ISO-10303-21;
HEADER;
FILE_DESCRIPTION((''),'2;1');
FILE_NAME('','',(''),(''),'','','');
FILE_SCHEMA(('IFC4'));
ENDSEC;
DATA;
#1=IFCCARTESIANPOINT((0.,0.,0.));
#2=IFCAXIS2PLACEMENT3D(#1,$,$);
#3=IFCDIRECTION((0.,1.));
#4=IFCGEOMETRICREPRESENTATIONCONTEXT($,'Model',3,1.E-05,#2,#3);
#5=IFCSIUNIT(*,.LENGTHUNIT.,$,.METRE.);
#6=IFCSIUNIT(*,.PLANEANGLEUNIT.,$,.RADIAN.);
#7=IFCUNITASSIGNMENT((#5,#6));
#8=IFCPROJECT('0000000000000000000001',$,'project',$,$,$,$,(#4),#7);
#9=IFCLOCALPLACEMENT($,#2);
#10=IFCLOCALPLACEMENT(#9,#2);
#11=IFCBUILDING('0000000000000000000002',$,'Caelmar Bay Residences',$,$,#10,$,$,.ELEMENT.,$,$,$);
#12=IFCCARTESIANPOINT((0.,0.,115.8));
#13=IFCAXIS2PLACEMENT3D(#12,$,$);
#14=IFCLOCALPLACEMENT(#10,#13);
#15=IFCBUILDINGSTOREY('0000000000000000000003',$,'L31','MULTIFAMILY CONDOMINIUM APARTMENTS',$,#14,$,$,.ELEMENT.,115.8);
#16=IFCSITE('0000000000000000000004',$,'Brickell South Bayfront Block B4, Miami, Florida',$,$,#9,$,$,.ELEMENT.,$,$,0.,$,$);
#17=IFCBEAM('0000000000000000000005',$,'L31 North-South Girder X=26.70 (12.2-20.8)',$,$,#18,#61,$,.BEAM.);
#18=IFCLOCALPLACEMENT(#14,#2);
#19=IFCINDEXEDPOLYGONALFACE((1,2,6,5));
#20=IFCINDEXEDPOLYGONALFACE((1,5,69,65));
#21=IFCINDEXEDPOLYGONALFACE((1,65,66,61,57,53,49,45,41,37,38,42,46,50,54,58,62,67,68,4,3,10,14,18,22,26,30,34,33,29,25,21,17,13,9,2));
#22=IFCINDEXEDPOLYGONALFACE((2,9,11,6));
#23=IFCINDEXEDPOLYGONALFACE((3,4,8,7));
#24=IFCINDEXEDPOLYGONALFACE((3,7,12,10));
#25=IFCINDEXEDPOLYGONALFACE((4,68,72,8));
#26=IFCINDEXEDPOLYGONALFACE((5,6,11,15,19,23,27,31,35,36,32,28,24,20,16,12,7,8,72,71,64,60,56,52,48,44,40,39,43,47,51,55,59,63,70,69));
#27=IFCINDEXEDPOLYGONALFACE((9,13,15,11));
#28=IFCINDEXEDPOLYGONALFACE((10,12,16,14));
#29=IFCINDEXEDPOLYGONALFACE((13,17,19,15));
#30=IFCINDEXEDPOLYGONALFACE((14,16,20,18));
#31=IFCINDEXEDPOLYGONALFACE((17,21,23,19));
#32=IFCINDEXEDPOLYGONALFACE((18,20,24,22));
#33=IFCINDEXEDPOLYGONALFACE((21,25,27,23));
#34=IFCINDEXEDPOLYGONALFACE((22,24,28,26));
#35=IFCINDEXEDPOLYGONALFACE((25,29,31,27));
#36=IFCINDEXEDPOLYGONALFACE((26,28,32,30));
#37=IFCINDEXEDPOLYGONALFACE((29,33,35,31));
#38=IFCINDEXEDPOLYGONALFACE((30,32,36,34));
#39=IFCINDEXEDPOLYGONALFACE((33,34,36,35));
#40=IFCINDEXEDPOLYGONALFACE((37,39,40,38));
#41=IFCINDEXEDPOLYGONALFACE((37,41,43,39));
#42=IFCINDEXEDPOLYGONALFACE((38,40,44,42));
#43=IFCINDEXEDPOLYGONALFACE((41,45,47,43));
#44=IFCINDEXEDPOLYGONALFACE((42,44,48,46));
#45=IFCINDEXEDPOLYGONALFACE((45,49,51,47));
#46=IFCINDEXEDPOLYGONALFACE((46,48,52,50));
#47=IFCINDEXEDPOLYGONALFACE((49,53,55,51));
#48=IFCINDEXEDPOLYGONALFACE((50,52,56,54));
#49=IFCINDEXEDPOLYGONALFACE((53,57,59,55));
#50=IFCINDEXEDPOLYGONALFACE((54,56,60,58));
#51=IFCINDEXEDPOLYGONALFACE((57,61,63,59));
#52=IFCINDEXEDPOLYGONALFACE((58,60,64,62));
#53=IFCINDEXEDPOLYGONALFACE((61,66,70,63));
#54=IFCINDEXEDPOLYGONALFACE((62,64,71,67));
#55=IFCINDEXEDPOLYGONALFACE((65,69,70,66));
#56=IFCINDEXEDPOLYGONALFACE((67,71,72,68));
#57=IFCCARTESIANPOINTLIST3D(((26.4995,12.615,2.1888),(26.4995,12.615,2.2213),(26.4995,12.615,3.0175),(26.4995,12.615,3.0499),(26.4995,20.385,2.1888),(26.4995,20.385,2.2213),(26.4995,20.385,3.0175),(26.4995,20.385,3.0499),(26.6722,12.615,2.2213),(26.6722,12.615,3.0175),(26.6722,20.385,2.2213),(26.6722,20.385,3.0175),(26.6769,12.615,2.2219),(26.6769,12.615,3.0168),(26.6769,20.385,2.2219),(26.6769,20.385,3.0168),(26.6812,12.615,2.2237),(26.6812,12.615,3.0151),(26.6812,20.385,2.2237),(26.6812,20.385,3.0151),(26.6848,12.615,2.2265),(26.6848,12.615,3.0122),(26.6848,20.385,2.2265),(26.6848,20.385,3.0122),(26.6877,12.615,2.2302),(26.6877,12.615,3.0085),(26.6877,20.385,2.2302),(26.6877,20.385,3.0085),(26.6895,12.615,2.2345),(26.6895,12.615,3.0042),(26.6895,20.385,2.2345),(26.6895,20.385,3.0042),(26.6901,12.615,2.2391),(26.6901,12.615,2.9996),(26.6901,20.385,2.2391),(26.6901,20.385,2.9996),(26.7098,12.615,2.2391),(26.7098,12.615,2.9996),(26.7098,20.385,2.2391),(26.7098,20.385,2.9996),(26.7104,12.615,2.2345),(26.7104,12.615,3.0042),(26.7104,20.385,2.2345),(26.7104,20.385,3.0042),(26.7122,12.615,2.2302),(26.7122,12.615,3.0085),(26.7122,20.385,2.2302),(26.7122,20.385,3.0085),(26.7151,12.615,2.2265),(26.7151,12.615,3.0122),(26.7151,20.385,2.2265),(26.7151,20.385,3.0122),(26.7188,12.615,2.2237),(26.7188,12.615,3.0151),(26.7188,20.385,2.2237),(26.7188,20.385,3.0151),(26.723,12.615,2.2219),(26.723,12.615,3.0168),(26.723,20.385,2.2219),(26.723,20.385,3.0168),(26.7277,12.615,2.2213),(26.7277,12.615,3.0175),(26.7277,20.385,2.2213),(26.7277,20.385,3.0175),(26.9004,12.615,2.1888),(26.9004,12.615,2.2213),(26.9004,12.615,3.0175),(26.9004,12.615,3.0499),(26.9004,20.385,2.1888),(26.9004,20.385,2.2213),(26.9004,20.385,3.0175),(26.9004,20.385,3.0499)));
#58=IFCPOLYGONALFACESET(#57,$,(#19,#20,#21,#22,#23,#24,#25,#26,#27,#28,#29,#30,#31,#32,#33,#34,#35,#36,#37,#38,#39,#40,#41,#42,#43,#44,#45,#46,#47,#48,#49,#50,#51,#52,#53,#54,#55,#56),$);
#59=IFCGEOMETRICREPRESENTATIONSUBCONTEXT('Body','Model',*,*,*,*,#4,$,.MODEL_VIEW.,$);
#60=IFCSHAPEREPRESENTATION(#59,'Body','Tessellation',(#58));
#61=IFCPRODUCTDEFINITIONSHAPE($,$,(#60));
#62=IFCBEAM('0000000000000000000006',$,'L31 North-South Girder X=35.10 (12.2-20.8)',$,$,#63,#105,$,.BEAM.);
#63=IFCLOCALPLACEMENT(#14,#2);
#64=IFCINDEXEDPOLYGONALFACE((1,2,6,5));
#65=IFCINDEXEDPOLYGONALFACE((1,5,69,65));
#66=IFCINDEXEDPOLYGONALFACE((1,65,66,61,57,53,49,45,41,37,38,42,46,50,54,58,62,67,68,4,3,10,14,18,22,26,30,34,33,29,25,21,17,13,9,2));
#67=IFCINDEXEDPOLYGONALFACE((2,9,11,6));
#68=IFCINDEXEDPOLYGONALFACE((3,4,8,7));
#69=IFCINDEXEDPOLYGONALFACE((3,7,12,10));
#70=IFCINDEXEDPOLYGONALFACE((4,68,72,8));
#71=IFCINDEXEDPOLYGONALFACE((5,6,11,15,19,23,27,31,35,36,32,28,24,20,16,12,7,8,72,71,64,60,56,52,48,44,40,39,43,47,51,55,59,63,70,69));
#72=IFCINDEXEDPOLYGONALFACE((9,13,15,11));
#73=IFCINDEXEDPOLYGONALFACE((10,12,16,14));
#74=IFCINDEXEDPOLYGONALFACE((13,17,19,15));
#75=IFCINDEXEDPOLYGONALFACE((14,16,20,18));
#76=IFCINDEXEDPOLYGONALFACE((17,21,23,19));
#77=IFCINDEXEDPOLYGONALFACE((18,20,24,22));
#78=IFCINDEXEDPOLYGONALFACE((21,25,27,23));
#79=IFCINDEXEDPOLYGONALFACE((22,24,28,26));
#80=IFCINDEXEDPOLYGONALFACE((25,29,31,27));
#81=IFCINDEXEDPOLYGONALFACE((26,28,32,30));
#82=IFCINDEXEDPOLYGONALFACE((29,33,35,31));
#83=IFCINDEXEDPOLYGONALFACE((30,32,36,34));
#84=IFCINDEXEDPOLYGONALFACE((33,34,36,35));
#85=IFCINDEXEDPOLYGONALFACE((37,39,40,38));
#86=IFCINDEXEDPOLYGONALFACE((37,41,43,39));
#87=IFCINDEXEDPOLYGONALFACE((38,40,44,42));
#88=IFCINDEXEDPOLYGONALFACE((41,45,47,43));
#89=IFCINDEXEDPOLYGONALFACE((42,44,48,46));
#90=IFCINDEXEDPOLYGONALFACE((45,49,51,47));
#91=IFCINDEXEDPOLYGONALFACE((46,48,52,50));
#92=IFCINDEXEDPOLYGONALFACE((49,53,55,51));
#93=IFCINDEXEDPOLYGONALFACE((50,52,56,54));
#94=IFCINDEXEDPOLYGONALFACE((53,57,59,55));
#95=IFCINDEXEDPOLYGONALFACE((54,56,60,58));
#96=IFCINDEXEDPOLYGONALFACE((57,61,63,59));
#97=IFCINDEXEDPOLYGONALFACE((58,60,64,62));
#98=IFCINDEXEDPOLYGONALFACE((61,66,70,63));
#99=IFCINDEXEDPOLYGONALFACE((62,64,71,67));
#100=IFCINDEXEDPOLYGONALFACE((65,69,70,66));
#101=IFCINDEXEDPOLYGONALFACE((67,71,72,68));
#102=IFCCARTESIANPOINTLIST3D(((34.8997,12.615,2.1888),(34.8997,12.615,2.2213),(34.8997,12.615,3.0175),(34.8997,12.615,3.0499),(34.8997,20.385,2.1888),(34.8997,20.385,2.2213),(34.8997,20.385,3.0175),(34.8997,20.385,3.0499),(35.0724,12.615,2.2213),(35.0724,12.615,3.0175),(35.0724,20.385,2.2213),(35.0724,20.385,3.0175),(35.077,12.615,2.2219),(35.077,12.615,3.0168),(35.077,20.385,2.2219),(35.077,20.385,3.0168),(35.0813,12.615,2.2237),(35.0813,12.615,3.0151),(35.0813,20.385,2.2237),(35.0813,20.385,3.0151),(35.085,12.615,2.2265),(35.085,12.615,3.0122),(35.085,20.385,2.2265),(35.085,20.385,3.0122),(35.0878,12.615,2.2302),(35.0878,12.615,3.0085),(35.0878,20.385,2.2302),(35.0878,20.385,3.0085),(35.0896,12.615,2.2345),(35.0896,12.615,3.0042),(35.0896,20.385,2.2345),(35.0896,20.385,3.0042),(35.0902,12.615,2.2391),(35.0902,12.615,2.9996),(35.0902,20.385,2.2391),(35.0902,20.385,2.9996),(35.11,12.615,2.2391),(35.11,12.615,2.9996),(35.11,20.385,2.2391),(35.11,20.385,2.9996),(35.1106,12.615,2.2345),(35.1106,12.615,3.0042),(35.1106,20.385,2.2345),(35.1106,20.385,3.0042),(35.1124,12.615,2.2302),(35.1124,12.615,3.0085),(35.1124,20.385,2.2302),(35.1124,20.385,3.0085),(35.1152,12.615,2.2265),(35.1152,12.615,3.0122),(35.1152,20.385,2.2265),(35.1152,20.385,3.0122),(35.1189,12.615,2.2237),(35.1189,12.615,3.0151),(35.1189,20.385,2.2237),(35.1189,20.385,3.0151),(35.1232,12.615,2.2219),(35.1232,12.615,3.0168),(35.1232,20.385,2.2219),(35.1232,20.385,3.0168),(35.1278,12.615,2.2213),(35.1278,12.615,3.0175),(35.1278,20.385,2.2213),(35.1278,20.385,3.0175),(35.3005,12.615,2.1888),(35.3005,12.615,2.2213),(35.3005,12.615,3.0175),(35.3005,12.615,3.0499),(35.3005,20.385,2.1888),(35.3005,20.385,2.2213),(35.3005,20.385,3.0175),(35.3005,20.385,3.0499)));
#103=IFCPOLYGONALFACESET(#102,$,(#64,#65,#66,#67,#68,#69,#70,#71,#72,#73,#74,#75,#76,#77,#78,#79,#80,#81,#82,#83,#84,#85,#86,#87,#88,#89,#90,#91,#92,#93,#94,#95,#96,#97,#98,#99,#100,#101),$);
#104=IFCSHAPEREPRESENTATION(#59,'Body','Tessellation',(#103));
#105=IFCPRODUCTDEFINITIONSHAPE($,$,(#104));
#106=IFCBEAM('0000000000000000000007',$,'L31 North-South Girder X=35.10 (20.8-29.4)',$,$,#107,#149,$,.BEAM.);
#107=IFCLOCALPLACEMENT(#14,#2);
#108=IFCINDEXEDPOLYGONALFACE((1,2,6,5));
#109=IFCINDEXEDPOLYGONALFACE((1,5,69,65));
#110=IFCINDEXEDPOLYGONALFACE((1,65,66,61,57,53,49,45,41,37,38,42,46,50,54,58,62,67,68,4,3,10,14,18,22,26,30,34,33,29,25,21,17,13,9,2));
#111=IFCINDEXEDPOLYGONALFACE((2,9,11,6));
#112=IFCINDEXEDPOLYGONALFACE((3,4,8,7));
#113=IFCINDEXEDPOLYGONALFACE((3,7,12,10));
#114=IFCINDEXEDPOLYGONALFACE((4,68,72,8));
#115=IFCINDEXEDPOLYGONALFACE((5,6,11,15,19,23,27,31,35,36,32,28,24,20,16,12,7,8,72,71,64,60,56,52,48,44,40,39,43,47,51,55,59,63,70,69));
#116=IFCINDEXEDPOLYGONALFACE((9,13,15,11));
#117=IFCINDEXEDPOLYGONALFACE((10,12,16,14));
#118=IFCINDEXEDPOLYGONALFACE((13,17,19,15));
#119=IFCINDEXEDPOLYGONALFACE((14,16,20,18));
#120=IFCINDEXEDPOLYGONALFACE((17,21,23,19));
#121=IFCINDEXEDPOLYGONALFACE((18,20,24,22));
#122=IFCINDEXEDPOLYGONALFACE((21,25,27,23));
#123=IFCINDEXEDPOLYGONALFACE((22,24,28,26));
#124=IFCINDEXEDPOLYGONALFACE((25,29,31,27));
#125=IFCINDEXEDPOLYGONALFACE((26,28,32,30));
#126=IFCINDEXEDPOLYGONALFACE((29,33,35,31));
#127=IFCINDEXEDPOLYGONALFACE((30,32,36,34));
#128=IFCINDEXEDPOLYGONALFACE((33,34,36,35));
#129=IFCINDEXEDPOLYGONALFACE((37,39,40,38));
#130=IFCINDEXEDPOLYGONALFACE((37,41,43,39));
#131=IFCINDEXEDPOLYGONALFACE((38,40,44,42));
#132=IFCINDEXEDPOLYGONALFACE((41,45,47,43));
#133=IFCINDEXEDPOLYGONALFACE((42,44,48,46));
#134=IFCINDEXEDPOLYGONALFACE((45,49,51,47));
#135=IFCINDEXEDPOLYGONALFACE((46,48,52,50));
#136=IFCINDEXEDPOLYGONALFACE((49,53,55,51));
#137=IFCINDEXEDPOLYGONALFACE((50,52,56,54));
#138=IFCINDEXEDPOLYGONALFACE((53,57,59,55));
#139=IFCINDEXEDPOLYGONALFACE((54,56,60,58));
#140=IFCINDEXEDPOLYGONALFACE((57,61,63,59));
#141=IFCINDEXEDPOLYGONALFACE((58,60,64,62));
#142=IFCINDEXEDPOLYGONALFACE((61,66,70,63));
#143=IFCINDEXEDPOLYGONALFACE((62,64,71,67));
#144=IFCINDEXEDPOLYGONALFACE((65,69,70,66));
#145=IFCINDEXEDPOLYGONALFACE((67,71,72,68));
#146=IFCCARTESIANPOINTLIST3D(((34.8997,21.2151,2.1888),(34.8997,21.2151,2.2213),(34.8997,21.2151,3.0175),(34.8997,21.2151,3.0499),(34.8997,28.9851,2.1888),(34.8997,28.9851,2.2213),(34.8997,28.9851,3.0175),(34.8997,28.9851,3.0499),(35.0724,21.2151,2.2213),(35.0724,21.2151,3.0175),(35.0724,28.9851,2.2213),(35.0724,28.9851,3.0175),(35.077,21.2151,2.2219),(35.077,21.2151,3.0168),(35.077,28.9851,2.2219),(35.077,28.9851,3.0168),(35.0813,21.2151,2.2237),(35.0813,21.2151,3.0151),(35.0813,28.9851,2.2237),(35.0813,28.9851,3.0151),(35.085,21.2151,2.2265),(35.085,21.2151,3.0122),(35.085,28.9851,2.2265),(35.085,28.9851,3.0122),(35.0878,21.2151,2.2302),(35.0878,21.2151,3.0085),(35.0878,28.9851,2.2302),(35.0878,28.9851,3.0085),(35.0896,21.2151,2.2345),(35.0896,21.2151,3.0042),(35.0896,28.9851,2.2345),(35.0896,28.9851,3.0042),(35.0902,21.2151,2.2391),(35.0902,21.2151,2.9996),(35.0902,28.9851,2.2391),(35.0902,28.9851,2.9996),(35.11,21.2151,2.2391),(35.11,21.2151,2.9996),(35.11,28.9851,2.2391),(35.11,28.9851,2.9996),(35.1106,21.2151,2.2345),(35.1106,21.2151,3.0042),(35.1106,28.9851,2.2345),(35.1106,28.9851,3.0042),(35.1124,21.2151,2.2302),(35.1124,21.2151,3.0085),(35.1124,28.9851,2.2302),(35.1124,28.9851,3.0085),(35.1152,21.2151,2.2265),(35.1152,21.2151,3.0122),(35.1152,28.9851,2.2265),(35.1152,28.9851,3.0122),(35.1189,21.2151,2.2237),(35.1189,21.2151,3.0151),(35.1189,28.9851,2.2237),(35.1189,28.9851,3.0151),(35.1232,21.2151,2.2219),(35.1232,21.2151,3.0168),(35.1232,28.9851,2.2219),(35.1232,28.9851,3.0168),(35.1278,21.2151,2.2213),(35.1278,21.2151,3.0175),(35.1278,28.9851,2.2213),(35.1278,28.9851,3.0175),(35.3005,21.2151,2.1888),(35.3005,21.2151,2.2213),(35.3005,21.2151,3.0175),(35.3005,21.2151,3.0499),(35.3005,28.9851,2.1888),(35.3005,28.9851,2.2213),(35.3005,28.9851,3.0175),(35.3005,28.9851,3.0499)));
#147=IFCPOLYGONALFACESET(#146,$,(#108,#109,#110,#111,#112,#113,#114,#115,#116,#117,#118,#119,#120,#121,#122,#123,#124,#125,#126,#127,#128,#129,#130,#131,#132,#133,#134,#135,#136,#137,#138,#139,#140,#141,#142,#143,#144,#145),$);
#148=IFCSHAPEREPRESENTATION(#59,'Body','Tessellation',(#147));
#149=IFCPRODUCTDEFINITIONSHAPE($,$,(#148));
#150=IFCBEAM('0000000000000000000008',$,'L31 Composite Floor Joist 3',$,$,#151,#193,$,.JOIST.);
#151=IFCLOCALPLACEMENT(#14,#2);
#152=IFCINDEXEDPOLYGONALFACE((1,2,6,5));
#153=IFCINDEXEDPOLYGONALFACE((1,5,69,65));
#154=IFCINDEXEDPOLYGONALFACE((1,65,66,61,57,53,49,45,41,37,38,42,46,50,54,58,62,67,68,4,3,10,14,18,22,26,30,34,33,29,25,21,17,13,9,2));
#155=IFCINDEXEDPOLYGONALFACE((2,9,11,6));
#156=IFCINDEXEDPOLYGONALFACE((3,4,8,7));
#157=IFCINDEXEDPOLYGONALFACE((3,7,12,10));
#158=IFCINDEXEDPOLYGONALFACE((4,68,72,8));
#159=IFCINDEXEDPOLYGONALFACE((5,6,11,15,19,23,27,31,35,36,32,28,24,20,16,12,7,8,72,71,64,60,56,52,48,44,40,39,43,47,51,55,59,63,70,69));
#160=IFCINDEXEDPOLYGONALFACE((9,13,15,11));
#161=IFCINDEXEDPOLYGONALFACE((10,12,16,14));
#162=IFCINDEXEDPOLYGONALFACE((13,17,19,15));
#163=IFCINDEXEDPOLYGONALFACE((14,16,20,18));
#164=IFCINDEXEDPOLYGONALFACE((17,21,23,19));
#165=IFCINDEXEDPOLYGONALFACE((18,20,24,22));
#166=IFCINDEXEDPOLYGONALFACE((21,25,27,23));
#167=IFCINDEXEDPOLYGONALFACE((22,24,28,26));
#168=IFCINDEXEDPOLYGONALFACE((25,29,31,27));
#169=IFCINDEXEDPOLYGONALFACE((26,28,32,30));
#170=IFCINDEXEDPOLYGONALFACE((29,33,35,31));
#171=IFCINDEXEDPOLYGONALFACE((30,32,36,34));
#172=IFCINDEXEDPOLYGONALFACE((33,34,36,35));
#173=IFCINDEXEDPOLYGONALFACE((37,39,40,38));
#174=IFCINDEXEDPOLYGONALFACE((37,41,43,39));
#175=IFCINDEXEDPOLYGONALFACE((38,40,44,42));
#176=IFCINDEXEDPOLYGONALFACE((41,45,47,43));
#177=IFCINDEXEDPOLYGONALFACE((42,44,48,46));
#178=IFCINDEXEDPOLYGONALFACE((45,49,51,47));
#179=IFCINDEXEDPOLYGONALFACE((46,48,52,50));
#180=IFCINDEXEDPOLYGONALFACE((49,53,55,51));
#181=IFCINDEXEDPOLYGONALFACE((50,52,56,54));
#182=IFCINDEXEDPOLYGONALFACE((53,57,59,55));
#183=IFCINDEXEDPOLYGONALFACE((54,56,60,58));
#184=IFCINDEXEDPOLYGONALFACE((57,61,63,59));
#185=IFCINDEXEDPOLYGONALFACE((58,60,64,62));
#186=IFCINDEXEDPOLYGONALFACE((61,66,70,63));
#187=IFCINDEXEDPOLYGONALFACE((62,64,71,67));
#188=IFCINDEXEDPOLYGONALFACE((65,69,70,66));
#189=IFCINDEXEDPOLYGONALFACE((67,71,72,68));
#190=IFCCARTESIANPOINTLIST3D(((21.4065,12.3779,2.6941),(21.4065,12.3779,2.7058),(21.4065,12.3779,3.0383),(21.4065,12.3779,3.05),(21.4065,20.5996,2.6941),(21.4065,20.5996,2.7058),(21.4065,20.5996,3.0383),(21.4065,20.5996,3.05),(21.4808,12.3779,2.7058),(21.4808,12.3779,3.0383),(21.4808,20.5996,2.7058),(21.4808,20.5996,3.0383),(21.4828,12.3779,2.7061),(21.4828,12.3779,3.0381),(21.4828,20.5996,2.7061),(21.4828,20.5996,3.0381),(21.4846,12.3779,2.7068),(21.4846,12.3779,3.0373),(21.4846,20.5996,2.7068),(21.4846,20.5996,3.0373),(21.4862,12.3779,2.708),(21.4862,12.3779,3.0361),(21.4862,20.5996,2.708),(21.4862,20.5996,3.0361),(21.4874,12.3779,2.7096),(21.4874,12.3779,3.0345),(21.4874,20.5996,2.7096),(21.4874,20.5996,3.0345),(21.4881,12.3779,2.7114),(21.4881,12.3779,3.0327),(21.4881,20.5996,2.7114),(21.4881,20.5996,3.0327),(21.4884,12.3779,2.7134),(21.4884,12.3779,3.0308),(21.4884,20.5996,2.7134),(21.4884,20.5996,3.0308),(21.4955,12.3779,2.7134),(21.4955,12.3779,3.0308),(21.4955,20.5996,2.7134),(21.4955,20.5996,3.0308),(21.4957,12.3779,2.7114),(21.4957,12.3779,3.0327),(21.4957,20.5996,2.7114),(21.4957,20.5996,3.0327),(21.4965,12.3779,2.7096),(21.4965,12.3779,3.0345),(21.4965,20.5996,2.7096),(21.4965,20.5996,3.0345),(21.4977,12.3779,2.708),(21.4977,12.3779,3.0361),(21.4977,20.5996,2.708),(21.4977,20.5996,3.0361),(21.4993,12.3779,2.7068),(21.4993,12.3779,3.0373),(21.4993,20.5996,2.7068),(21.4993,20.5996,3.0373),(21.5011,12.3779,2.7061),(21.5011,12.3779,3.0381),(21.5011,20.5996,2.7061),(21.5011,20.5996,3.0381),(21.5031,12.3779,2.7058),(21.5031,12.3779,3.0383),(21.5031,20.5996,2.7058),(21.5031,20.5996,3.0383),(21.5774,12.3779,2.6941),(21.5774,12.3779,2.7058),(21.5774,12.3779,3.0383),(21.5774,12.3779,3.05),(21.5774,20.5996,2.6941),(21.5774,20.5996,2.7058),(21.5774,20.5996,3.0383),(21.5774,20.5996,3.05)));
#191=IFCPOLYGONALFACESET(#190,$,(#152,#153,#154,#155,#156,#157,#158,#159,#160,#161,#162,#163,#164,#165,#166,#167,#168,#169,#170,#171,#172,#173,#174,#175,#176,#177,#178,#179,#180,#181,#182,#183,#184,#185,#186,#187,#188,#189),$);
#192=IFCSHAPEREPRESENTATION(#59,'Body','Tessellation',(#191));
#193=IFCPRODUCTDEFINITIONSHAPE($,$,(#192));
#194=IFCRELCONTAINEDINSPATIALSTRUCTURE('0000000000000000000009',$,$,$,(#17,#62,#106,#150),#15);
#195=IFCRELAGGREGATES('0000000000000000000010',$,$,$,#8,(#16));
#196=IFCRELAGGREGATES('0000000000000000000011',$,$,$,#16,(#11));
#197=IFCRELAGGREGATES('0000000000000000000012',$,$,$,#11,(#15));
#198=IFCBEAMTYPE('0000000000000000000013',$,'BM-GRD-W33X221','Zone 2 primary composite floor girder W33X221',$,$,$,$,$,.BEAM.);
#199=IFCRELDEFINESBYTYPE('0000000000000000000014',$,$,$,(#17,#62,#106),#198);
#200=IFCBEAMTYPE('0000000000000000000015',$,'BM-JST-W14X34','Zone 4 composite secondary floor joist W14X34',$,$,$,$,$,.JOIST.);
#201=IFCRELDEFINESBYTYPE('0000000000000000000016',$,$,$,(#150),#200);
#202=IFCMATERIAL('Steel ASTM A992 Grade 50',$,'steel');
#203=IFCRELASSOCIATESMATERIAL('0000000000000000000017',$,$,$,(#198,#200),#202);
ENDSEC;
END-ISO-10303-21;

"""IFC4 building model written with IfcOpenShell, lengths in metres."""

from ifc_helpers import new_model, si_unit, direction, frame, origin, origin_2d, place, context, subcontext, project, spatial, i_section, extrude, material, material_profile, profile_set, type_object, element, save


model = new_model("IFC4")

# Units and contexts
model_context = context("Model", 3, precision=1e-05, world=origin(), true_north=direction((0.0, 1.0)))
body_context = subcontext(model_context, "Body", "Model", "MODEL_VIEW")
ifc_project = project(units=[si_unit("LENGTHUNIT", "METRE"), si_unit("PLANEANGLEUNIT", "RADIAN")], contexts=[model_context])

# Site, building, storey
site_placement = place(None, origin())
site = spatial("IfcSite", under=ifc_project, at=site_placement, Name="Brickell South Bayfront Block B4, Miami, Florida", CompositionType="ELEMENT", RefElevation=0.0)
building_placement = place(site_placement, origin())
building = spatial("IfcBuilding", under=site, at=building_placement, Name="Caelmar Bay Residences", CompositionType="ELEMENT")
storey_placement = place(building_placement, frame((0.0, 0.0, 115.8)))
storey = spatial("IfcBuildingStorey", under=building, at=storey_placement, Name="L31", Description="MULTIFAMILY CONDOMINIUM APARTMENTS", CompositionType="ELEMENT", Elevation=115.8)

# Beams
ifc_material_1 = material(Name="Steel ASTM A992 Grade 50", Category="steel")
ifc_material_profile_1 = material_profile(ifc_material_1, i_section(OverallWidth=0.4009, OverallDepth=0.8611, WebThickness=0.0198, FlangeThickness=0.0325, FilletRadius=0.0178, at=origin_2d()), Name="W33X221")
ifc_profile_set_1 = profile_set([ifc_material_profile_1], Name="Steel ASTM A992 Grade 50")
beam_type_1 = type_object("IfcBeamType", Name="BM-GRD-W33X221", Description="Zone 2 primary composite floor girder W33X221", PredefinedType="BEAM", material=ifc_profile_set_1)
for number, where, z_axis, x_axis, name in (
    (1, (26.7, 12.615, 2.6194), (0.0, 1.0, 0.0), (-1.0, 0.0, 0.0), "L31 North-South Girder X=26.70 (12.2-20.8)"),
    (2, (35.1001, 12.615, 2.6194), (0.0, 1.0, 0.0), (-1.0, 0.0, 0.0), "L31 North-South Girder X=35.10 (12.2-20.8)"),
    (3, (35.1001, 21.2151, 2.6194), (0.0, 1.0, 0.0), (-1.0, 0.0, 0.0), "L31 North-South Girder X=35.10 (20.8-29.4)"),
):
    element("IfcBeam", number, at=place(storey_placement, frame(where, z_axis=z_axis, x_axis=x_axis)), inside=storey, type_object=beam_type_1, Name=name, PredefinedType="BEAM", context=body_context, shape_type="SweptSolid", body=[
        extrude(i_section(OverallWidth=0.4009, OverallDepth=0.8611, WebThickness=0.0198, FlangeThickness=0.0325, FilletRadius=0.0178, at=origin_2d()), origin(), (0.0, 0.0, 1.0), 7.77),
    ])
ifc_material_profile_2 = material_profile(ifc_material_1, i_section(OverallWidth=0.1709, OverallDepth=0.356, WebThickness=0.0071, FlangeThickness=0.0117, FilletRadius=0.0076, at=origin_2d()), Name="W14X34")
ifc_profile_set_2 = profile_set([ifc_material_profile_2], Name="Steel ASTM A992 Grade 50")
beam_type_2 = type_object("IfcBeamType", Name="BM-JST-W14X34", Description="Zone 4 composite secondary floor joist W14X34", PredefinedType="JOIST", material=ifc_profile_set_2)
for number, where, z_axis, x_axis, name in (
    (4, (21.4919, 12.3779, 2.8721), (0.0, 1.0, 0.0), (-1.0, 0.0, 0.0), "L31 Composite Floor Joist 3"),
):
    element("IfcBeam", number, at=place(storey_placement, frame(where, z_axis=z_axis, x_axis=x_axis)), inside=storey, type_object=beam_type_2, Name=name, PredefinedType="JOIST", context=body_context, shape_type="SweptSolid", body=[
        extrude(i_section(OverallWidth=0.1709, OverallDepth=0.356, WebThickness=0.0071, FlangeThickness=0.0117, FilletRadius=0.0076, at=origin_2d()), origin(), (0.0, 0.0, 1.0), 8.2217),
    ])

save(model, "model.ifc")
